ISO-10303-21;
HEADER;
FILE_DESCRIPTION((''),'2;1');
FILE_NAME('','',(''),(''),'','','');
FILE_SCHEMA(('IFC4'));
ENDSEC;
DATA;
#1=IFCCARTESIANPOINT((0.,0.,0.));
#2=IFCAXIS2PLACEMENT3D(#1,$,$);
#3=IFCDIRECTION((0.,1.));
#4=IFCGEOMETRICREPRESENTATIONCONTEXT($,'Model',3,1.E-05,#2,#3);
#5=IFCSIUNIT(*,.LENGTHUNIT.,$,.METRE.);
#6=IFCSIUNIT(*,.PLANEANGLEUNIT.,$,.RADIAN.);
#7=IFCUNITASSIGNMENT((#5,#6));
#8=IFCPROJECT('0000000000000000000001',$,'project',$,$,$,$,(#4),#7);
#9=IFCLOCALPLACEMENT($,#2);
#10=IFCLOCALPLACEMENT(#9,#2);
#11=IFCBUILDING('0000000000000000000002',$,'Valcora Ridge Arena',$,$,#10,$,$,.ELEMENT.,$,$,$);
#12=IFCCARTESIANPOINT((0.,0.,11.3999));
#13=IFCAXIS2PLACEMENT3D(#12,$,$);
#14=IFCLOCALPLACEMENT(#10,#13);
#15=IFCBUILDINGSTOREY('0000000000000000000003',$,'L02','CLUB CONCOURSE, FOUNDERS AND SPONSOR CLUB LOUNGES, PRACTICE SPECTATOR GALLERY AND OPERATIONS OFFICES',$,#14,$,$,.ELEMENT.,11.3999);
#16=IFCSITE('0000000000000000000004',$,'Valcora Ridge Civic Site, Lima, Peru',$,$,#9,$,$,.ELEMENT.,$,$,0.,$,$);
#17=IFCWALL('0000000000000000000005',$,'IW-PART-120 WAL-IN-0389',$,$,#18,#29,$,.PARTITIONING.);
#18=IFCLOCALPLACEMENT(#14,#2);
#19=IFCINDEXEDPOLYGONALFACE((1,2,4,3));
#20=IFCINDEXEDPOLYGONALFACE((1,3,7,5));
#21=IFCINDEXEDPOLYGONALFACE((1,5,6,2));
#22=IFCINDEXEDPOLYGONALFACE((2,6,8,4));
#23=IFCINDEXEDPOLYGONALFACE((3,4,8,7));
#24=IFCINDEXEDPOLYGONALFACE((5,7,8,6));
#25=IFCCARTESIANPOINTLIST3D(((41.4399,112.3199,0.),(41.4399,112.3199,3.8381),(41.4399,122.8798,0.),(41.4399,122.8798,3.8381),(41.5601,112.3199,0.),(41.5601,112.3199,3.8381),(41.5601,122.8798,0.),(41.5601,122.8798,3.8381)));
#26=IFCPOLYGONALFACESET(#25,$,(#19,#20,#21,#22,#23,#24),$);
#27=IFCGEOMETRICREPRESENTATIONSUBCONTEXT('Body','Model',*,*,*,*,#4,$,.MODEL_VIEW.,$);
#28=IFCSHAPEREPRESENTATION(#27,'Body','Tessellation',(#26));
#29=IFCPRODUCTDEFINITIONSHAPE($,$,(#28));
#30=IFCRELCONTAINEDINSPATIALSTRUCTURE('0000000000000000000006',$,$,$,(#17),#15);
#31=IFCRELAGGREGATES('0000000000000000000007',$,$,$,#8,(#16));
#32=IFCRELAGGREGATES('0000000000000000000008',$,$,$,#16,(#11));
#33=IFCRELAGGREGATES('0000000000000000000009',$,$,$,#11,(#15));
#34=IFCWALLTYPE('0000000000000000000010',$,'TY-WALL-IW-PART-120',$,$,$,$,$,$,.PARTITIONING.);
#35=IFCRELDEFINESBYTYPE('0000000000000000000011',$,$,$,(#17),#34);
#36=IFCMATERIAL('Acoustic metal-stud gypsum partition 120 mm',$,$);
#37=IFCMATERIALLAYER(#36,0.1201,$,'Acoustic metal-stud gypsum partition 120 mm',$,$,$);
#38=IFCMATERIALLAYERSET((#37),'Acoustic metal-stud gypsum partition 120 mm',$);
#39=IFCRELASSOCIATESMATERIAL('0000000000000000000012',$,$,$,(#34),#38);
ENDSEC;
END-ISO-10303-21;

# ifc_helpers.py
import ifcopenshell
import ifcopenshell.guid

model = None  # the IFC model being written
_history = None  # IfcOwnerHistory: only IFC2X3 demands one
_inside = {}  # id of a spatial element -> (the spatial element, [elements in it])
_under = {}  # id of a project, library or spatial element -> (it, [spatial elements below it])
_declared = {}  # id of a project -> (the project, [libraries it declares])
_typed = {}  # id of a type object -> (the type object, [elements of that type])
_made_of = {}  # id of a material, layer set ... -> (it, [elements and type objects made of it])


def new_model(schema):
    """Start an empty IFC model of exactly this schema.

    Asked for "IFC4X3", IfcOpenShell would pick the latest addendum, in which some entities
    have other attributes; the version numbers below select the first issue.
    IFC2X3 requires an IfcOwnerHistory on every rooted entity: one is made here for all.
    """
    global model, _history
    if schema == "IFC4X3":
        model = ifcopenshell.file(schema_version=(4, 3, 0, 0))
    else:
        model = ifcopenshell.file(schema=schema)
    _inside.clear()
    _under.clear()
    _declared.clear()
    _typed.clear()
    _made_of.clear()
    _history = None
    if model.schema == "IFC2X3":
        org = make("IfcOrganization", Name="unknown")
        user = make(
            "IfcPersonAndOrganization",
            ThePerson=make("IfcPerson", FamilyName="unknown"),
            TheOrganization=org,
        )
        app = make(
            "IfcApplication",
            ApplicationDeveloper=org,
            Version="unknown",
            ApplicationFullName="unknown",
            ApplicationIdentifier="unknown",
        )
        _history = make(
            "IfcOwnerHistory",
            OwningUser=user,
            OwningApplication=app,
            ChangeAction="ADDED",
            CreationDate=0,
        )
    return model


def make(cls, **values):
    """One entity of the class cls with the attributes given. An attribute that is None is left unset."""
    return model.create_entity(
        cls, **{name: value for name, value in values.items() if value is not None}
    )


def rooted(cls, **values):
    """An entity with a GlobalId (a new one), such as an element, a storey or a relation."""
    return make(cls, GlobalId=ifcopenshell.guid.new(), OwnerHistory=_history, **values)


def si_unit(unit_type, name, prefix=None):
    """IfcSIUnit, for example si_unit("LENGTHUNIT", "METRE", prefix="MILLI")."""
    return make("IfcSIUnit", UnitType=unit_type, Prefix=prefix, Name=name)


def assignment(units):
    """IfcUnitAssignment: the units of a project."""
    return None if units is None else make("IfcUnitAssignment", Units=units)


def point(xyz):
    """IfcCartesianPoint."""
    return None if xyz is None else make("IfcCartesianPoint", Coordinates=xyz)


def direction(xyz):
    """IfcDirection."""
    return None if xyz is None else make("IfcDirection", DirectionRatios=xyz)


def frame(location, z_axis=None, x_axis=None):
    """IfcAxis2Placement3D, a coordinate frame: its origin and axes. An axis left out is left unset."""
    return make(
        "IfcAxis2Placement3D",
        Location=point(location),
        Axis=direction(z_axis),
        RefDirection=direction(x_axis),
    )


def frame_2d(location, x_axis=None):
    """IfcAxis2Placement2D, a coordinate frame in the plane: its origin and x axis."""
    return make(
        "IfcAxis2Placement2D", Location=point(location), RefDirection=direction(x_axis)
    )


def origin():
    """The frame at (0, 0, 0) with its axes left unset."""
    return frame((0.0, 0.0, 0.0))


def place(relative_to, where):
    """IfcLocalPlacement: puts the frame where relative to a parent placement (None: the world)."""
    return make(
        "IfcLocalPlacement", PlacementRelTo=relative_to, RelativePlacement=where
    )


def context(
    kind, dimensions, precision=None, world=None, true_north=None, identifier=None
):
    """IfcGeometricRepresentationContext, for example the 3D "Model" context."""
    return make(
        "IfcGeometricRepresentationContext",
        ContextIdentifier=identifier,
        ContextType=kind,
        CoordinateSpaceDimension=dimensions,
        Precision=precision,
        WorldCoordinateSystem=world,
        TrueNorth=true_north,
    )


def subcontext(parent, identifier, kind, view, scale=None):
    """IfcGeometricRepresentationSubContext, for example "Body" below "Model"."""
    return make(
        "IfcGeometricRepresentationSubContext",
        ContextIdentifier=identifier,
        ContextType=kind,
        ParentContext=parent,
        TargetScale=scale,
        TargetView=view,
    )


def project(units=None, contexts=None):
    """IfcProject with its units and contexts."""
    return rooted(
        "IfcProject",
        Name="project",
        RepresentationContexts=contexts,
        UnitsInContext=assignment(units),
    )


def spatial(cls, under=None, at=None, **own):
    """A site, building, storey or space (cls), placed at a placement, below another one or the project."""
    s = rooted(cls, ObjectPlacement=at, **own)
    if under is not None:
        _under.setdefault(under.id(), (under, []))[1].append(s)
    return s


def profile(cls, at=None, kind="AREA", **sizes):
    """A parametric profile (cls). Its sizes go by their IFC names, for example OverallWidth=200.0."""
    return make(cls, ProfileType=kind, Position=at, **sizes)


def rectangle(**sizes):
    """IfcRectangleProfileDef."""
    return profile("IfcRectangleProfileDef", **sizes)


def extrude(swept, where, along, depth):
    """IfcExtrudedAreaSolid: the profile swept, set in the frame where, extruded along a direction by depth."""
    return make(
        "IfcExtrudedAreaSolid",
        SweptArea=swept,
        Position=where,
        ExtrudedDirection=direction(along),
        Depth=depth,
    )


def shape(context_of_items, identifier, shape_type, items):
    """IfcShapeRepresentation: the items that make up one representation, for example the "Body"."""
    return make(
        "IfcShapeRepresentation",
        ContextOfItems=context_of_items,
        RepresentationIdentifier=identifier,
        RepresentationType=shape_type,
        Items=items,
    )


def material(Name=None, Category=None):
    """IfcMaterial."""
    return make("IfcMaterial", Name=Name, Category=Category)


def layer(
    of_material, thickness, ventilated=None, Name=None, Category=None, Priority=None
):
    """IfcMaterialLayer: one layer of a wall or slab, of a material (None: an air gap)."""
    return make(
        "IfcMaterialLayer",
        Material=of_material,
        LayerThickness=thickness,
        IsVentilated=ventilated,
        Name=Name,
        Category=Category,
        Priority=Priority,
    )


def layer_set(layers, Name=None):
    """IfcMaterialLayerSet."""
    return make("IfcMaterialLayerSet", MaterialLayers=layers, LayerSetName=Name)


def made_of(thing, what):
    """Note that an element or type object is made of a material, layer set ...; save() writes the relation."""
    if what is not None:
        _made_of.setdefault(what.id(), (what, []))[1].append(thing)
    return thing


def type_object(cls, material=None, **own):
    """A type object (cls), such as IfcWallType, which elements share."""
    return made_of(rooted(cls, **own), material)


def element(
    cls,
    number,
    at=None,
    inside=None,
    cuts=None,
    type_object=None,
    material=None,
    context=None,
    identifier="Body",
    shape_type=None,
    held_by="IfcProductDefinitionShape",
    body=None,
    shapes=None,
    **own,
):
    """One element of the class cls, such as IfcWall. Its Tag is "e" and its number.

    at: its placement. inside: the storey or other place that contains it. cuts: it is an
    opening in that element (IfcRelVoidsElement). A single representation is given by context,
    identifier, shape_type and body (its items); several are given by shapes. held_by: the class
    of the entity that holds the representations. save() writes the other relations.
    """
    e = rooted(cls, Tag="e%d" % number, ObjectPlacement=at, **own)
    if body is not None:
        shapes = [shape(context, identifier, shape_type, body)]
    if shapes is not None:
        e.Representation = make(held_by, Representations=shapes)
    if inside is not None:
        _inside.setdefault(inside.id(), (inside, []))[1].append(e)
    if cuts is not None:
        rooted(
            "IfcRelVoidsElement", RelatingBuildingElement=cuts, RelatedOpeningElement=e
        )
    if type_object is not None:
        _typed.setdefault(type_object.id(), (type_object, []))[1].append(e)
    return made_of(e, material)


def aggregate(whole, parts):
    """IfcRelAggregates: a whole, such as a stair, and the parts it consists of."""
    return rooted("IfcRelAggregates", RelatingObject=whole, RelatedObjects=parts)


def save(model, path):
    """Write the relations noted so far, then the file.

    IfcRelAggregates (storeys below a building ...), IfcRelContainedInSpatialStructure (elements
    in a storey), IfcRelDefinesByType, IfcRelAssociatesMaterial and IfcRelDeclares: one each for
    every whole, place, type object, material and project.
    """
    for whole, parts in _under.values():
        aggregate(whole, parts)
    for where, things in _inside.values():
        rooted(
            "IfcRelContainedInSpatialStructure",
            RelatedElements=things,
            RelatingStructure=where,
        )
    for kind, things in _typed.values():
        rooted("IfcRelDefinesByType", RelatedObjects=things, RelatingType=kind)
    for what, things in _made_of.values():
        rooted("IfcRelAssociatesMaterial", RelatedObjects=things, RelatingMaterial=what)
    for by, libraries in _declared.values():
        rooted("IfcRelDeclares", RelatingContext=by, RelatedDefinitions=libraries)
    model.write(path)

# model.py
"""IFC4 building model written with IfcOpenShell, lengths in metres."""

from ifc_helpers import new_model, si_unit, direction, frame, frame_2d, origin, place, context, subcontext, project, spatial, rectangle, extrude, material, layer, layer_set, type_object, element, save


model = new_model("IFC4")

# Units and contexts
model_context = context("Model", 3, precision=1e-05, world=origin(), true_north=direction((0.0, 1.0)))
body_context = subcontext(model_context, "Body", "Model", "MODEL_VIEW")
ifc_project = project(units=[si_unit("LENGTHUNIT", "METRE"), si_unit("PLANEANGLEUNIT", "RADIAN")], contexts=[model_context])

# Site, building, storey
site_placement = place(None, origin())
site = spatial("IfcSite", under=ifc_project, at=site_placement, Name="Valcora Ridge Civic Site, Lima, Peru", CompositionType="ELEMENT", RefElevation=0.0)
building_placement = place(site_placement, origin())
building = spatial("IfcBuilding", under=site, at=building_placement, Name="Valcora Ridge Arena", CompositionType="ELEMENT")
storey_placement = place(building_placement, frame((0.0, 0.0, 11.3999)))
storey = spatial("IfcBuildingStorey", under=building, at=storey_placement, Name="L02", Description="CLUB CONCOURSE, FOUNDERS AND SPONSOR CLUB LOUNGES, PRACTICE SPECTATOR GALLERY AND OPERATIONS OFFICES", CompositionType="ELEMENT", Elevation=11.3999)

# Shared definitions
ifc_material_1 = material(Name="Acoustic metal-stud gypsum partition 120 mm")
ifc_layer_1 = layer(ifc_material_1, 0.1201, Name="Acoustic metal-stud gypsum partition 120 mm")
ifc_layer_set_1 = layer_set([ifc_layer_1], Name="Acoustic metal-stud gypsum partition 120 mm")
wall_type_1 = type_object("IfcWallType", Name="TY-WALL-IW-PART-120", PredefinedType="PARTITIONING", material=ifc_layer_set_1)

# Wall
wall_1_placement = place(storey_placement, frame((41.5, 112.3201, 0.0), z_axis=(0.0, 0.0, 1.0), x_axis=(0.0, 1.0, 0.0)))
element("IfcWall", 1, at=wall_1_placement, inside=storey, type_object=wall_type_1, Name="IW-PART-120 WAL-IN-0389", PredefinedType="PARTITIONING", context=body_context, shape_type="SweptSolid", body=[
    extrude(rectangle(XDim=10.5598, YDim=0.1201, at=frame_2d((5.2798, 0.0))), origin(), (0.0, 0.0, 1.0), 3.8381),
])

save(model, "model.ifc")
